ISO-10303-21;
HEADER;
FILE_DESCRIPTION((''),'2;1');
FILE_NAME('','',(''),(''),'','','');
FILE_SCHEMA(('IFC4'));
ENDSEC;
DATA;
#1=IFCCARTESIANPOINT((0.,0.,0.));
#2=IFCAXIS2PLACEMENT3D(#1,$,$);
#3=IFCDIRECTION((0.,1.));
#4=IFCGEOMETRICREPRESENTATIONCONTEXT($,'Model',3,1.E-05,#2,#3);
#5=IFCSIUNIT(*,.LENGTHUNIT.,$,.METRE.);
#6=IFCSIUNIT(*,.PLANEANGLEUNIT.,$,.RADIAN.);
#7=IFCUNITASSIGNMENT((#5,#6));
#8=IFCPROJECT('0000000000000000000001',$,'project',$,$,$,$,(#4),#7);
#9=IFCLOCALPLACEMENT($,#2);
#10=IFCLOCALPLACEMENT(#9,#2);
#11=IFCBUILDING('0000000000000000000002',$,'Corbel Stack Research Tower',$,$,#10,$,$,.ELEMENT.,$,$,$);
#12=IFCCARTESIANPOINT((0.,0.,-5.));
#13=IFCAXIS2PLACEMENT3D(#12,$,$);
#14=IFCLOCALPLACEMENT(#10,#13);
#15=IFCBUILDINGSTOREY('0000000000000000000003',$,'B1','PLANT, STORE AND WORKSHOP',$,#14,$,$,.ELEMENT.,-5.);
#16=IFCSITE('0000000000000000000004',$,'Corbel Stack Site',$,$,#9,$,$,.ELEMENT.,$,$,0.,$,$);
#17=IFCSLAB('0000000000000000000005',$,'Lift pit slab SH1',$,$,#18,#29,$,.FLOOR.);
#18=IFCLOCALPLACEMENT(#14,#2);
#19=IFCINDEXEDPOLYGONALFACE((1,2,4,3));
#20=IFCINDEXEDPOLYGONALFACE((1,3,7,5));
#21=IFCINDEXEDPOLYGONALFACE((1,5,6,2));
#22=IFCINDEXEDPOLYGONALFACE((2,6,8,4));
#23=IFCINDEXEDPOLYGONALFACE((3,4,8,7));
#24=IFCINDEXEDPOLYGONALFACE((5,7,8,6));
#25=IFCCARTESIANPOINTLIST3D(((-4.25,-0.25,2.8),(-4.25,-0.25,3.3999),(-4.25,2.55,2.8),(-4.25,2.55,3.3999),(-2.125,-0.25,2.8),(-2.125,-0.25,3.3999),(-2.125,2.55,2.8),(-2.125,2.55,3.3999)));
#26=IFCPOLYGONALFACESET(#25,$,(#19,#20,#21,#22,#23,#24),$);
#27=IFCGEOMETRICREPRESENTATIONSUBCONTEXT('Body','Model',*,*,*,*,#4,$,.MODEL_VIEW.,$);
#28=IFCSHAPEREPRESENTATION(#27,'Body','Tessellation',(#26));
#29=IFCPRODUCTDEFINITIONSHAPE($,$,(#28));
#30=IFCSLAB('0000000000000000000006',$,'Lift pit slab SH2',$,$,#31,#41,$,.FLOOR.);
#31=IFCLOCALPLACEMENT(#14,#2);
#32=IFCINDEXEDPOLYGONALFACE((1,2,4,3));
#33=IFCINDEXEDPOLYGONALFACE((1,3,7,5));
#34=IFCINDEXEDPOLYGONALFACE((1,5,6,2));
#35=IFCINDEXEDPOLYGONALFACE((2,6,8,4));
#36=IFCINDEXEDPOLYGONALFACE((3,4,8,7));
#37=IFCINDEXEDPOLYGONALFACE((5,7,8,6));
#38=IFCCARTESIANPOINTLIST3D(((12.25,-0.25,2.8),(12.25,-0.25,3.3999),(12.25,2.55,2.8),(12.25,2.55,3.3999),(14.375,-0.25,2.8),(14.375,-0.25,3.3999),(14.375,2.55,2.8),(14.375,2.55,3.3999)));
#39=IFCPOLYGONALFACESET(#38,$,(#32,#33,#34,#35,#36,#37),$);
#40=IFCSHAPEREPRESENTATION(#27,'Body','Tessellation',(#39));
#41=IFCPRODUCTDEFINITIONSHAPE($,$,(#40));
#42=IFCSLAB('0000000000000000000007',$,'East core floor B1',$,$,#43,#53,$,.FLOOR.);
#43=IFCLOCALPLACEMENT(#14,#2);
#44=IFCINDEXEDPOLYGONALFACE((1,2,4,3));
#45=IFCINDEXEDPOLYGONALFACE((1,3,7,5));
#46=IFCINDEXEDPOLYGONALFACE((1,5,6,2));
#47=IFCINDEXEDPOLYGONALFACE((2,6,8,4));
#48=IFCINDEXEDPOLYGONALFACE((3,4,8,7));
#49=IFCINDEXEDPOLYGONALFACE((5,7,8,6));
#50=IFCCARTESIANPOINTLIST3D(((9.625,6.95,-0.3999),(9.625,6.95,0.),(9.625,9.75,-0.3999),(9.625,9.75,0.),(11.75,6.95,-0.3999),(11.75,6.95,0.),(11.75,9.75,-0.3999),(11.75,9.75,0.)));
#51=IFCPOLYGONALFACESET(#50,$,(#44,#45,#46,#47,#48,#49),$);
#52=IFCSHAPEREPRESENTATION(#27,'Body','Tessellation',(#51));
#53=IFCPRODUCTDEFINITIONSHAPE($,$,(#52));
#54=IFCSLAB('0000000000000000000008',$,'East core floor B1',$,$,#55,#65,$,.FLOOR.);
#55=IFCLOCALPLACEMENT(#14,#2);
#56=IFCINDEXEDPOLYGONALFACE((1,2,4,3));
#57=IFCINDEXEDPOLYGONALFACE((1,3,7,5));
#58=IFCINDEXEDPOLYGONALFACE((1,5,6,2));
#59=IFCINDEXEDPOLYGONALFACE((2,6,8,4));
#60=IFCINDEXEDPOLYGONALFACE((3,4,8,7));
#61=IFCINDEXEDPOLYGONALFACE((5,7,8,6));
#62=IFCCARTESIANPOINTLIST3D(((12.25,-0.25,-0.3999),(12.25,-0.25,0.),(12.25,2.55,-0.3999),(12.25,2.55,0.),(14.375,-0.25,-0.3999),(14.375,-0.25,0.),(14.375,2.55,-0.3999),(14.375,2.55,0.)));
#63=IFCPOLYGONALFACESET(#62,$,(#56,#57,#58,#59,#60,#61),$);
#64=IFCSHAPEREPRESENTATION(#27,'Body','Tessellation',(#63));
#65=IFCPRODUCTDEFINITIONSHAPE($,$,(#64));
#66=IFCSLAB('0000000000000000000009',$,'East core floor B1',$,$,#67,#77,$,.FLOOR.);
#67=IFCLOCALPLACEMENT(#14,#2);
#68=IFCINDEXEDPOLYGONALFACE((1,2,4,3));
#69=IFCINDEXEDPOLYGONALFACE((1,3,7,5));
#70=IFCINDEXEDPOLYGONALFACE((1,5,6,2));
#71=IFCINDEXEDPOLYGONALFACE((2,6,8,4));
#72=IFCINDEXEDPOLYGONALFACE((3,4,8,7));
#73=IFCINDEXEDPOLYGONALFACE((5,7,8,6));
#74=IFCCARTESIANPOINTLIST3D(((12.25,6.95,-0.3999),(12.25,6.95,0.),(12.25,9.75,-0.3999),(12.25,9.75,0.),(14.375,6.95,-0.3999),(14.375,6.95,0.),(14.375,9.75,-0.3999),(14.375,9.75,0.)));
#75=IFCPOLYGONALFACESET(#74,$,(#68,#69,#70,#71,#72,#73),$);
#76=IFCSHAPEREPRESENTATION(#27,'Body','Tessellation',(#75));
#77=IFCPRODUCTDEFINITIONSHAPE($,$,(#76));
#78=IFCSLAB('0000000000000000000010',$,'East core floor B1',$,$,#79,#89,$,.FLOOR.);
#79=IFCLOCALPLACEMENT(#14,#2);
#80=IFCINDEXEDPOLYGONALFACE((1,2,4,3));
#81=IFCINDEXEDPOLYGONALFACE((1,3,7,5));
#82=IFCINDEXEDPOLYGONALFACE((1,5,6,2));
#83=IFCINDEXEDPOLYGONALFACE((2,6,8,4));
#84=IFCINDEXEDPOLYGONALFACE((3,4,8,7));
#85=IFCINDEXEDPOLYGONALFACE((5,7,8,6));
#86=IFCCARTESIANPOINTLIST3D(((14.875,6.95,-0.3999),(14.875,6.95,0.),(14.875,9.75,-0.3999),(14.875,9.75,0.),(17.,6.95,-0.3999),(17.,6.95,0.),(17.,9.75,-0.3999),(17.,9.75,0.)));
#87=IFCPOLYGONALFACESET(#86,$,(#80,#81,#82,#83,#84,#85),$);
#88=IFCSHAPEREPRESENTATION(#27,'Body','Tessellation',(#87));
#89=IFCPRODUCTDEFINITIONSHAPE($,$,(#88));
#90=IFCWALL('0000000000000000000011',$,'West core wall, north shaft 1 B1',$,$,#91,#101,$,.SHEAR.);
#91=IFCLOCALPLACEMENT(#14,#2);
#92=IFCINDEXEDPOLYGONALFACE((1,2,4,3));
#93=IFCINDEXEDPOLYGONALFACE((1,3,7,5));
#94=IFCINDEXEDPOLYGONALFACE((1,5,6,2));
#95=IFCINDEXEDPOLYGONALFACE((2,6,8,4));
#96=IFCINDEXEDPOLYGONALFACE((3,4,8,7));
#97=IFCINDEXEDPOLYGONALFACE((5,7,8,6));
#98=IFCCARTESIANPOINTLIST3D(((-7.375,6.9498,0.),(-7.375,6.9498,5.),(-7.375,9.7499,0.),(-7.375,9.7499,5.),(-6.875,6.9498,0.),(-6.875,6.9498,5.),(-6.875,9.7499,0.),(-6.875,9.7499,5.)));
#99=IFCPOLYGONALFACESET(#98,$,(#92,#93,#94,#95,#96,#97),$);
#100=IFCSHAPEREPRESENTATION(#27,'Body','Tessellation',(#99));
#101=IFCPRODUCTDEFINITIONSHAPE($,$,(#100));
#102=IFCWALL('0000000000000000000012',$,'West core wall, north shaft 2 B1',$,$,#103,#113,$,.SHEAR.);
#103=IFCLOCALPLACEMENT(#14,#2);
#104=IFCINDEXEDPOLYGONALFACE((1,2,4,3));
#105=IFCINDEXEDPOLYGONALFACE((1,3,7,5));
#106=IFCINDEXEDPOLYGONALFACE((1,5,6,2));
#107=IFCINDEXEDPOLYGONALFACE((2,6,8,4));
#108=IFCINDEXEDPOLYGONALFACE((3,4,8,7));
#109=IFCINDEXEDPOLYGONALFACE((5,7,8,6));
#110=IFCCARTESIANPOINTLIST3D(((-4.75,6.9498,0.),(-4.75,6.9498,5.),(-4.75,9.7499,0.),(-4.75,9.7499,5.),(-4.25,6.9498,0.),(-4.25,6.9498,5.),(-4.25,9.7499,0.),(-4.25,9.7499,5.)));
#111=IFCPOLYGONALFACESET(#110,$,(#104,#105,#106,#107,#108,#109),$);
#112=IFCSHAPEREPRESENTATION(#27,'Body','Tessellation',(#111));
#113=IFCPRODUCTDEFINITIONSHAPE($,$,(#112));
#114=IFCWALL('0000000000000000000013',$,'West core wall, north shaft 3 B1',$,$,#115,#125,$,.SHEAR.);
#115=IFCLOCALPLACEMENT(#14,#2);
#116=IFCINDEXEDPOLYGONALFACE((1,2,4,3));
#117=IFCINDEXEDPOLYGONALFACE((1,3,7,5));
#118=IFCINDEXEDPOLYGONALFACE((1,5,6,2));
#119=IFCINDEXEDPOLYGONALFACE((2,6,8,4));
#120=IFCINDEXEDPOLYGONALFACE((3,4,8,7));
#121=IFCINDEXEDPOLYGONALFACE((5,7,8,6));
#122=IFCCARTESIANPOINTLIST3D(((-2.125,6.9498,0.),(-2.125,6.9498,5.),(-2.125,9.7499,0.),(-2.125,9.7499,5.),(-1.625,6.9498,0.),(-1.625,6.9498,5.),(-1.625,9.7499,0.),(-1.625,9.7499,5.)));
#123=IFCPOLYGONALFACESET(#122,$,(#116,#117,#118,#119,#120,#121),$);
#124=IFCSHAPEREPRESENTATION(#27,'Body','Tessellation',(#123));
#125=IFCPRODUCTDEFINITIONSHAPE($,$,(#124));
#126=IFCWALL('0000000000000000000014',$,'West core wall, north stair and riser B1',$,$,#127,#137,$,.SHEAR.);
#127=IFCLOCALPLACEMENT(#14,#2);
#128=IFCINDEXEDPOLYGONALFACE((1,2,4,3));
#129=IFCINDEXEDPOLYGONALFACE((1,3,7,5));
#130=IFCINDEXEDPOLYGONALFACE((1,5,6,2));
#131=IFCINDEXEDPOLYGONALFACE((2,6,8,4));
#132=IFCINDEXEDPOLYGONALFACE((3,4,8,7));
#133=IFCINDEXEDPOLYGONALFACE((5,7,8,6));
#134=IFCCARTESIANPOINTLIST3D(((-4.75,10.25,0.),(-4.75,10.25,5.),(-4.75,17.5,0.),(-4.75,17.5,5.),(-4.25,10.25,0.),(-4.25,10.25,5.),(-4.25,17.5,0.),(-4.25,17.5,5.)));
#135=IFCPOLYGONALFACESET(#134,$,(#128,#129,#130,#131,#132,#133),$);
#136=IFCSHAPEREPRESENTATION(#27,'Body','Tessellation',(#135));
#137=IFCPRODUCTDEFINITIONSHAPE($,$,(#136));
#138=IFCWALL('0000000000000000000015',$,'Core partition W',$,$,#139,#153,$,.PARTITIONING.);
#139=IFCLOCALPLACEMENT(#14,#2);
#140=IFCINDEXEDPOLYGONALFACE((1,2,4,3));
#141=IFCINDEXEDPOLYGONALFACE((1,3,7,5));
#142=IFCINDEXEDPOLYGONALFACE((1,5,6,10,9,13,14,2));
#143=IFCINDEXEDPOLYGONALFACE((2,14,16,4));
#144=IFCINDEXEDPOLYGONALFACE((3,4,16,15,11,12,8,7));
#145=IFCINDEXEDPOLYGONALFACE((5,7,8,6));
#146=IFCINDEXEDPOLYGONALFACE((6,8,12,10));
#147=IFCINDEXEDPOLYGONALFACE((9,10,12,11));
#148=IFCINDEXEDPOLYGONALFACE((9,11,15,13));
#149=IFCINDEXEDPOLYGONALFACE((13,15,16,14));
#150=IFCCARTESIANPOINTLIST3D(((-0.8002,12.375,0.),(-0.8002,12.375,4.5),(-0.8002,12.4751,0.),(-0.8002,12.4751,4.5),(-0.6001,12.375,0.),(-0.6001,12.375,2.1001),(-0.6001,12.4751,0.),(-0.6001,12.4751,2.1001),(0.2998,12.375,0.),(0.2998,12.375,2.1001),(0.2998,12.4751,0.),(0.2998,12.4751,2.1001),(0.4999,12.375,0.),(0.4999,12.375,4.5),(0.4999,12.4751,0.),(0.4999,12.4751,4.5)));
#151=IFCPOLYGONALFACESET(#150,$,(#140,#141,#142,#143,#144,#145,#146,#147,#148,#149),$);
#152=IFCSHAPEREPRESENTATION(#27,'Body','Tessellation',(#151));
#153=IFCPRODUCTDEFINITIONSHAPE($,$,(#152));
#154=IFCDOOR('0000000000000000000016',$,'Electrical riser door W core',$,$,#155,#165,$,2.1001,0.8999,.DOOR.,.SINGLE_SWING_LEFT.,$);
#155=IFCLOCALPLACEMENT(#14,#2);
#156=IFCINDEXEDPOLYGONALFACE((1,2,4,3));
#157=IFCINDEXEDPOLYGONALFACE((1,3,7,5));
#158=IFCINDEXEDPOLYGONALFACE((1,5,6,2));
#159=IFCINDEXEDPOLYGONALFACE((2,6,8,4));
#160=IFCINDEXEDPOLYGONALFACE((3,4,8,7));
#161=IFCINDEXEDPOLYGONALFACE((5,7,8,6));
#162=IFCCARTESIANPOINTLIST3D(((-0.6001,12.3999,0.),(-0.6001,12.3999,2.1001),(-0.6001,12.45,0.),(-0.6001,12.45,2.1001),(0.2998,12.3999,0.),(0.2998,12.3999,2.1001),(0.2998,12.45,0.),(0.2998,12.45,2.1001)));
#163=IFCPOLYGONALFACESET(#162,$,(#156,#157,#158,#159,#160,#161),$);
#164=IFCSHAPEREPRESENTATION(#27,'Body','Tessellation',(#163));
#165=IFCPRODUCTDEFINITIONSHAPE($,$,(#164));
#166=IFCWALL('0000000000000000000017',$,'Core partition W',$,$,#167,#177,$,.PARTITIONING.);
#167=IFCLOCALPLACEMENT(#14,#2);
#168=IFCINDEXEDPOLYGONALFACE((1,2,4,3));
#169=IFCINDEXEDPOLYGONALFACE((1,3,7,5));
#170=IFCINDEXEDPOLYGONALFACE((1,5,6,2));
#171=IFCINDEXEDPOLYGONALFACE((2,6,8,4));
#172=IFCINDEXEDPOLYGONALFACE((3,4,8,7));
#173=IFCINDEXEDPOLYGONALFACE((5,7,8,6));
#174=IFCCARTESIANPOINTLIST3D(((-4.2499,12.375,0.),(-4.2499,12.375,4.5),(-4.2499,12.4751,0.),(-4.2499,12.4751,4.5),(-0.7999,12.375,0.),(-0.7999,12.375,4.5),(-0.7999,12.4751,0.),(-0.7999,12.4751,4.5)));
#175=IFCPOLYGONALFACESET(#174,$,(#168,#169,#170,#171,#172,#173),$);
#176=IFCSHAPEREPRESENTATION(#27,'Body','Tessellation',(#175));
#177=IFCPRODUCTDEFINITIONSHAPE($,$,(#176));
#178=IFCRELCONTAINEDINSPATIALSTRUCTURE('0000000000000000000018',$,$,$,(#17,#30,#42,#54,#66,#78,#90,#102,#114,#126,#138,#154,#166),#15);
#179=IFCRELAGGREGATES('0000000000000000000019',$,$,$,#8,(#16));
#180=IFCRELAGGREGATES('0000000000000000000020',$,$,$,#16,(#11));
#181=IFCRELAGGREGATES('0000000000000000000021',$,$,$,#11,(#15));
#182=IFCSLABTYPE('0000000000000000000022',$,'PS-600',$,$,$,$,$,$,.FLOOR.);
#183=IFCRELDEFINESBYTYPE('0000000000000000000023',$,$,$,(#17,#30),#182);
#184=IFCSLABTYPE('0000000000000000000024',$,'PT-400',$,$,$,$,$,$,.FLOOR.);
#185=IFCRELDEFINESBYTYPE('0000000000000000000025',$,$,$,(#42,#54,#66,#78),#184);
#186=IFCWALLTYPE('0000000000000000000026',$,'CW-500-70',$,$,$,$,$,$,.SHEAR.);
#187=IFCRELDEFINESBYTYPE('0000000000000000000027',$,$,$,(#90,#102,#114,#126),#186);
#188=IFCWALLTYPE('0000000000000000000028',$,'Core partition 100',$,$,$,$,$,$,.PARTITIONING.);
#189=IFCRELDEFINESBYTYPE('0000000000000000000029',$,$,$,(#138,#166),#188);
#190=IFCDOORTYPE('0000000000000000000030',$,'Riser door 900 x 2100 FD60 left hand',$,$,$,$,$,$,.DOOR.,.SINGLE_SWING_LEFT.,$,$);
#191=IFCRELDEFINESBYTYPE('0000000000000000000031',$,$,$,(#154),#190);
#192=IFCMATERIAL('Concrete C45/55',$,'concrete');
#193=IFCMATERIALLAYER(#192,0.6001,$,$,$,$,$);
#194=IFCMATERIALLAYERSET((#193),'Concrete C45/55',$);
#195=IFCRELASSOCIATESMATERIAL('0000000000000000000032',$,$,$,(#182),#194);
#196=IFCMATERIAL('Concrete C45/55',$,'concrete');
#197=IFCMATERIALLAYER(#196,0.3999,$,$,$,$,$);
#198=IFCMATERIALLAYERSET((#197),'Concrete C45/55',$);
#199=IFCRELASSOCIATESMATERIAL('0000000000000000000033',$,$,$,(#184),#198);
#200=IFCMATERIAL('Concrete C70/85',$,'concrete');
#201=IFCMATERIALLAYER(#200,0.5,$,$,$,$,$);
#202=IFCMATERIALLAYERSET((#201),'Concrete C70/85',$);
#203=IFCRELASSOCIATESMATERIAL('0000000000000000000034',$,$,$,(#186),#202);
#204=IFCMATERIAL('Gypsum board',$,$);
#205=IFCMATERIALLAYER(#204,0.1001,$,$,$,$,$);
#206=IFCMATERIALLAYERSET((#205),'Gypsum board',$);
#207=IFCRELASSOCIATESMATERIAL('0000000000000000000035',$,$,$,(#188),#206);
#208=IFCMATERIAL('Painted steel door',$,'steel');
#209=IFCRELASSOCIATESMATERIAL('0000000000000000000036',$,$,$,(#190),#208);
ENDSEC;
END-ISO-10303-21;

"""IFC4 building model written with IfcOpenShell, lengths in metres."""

from ifc_helpers import new_model, si_unit, direction, frame, frame_2d, origin, place, context, subcontext, project, spatial, polyline, rectangle, outline, extrude, material, layer, layer_set, type_object, element, fill, save


model = new_model("IFC4")

# Units and contexts
model_context = context("Model", 3, precision=1e-05, world=origin(), true_north=direction((0.0, 1.0)))
body_context = subcontext(model_context, "Body", "Model", "MODEL_VIEW")
ifc_project = project(units=[si_unit("LENGTHUNIT", "METRE"), si_unit("PLANEANGLEUNIT", "RADIAN")], contexts=[model_context])

# Site, building, storey
site_placement = place(None, origin())
site = spatial("IfcSite", under=ifc_project, at=site_placement, Name="Corbel Stack Site", CompositionType="ELEMENT", RefElevation=0.0)
building_placement = place(site_placement, origin())
building = spatial("IfcBuilding", under=site, at=building_placement, Name="Corbel Stack Research Tower", CompositionType="ELEMENT")
storey_placement = place(building_placement, frame((0.0, 0.0, -5.0)))
storey = spatial("IfcBuildingStorey", under=building, at=storey_placement, Name="B1", Description="PLANT, STORE AND WORKSHOP", CompositionType="ELEMENT", Elevation=-5.0)

# Slabs
ifc_material_1 = material(Name="Concrete C45/55", Category="concrete")
ifc_layer_1 = layer(ifc_material_1, 0.6001)
ifc_layer_set_1 = layer_set([ifc_layer_1], Name="Concrete C45/55")
slab_type_1 = type_object("IfcSlabType", Name="PS-600", PredefinedType="FLOOR", material=ifc_layer_set_1)
slab_1_placement = place(storey_placement, frame((0.0, 0.0, 2.8)))
element("IfcSlab", 1, at=slab_1_placement, inside=storey, type_object=slab_type_1, Name="Lift pit slab SH1", PredefinedType="FLOOR", context=body_context, shape_type="SweptSolid", body=[
    extrude(outline(polyline([(-4.25, 2.55), (-4.25, -0.25), (-2.125, -0.25), (-2.125, 2.55), (-4.25, 2.55)])), origin(), (0.0, 0.0, 1.0), 0.5999),
])
slab_2_placement = place(storey_placement, frame((0.0, 0.0, 2.8)))
element("IfcSlab", 2, at=slab_2_placement, inside=storey, type_object=slab_type_1, Name="Lift pit slab SH2", PredefinedType="FLOOR", context=body_context, shape_type="SweptSolid", body=[
    extrude(outline(polyline([(12.25, 2.55), (12.25, -0.25), (14.375, -0.25), (14.375, 2.55), (12.25, 2.55)])), origin(), (0.0, 0.0, 1.0), 0.5999),
])
ifc_material_2 = material(Name="Concrete C45/55", Category="concrete")
ifc_layer_2 = layer(ifc_material_2, 0.3999)
ifc_layer_set_2 = layer_set([ifc_layer_2], Name="Concrete C45/55")
slab_type_2 = type_object("IfcSlabType", Name="PT-400", PredefinedType="FLOOR", material=ifc_layer_set_2)
slab_3_placement = place(storey_placement, frame((0.0, 0.0, -0.3999)))
element("IfcSlab", 3, at=slab_3_placement, inside=storey, type_object=slab_type_2, Name="East core floor B1", PredefinedType="FLOOR", context=body_context, shape_type="SweptSolid", body=[
    extrude(outline(polyline([(9.625, 6.95), (11.75, 6.95), (11.75, 9.75), (9.625, 9.75), (9.625, 6.95)])), origin(), (0.0, 0.0, 1.0), 0.3999),
])
slab_4_placement = place(storey_placement, frame((0.0, 0.0, -0.3999)))
element("IfcSlab", 4, at=slab_4_placement, inside=storey, type_object=slab_type_2, Name="East core floor B1", PredefinedType="FLOOR", context=body_context, shape_type="SweptSolid", body=[
    extrude(outline(polyline([(12.25, 2.55), (12.25, -0.25), (14.375, -0.25), (14.375, 2.55), (12.25, 2.55)])), origin(), (0.0, 0.0, 1.0), 0.3999),
])
slab_5_placement = place(storey_placement, frame((0.0, 0.0, -0.3999)))
element("IfcSlab", 5, at=slab_5_placement, inside=storey, type_object=slab_type_2, Name="East core floor B1", PredefinedType="FLOOR", context=body_context, shape_type="SweptSolid", body=[
    extrude(outline(polyline([(14.375, 6.95), (14.375, 9.75), (12.25, 9.75), (12.25, 6.95), (14.375, 6.95)])), origin(), (0.0, 0.0, 1.0), 0.3999),
])
slab_6_placement = place(storey_placement, frame((0.0, 0.0, -0.3999)))
element("IfcSlab", 6, at=slab_6_placement, inside=storey, type_object=slab_type_2, Name="East core floor B1", PredefinedType="FLOOR", context=body_context, shape_type="SweptSolid", body=[
    extrude(outline(polyline([(17.0, 6.95), (17.0, 9.75), (14.875, 9.75), (14.875, 6.95), (17.0, 6.95)])), origin(), (0.0, 0.0, 1.0), 0.3999),
])

# Walls
ifc_material_3 = material(Name="Concrete C70/85", Category="concrete")
ifc_layer_3 = layer(ifc_material_3, 0.5)
ifc_layer_set_3 = layer_set([ifc_layer_3], Name="Concrete C70/85")
wall_type_1 = type_object("IfcWallType", Name="CW-500-70", PredefinedType="SHEAR", material=ifc_layer_set_3)
for number, where, z_axis, x_axis, name in (
    (7, (-7.125, 6.95, 0.0), (0.0, 0.0, 1.0), (0.0, 1.0, 0.0), "West core wall, north shaft 1 B1"),
    (8, (-4.5, 6.95, 0.0), (0.0, 0.0, 1.0), (0.0, 1.0, 0.0), "West core wall, north shaft 2 B1"),
    (9, (-1.875, 6.95, 0.0), (0.0, 0.0, 1.0), (0.0, 1.0, 0.0), "West core wall, north shaft 3 B1"),
):
    element("IfcWall", number, at=place(storey_placement, frame(where, z_axis=z_axis, x_axis=x_axis)), inside=storey, type_object=wall_type_1, Name=name, PredefinedType="SHEAR", context=body_context, shape_type="SweptSolid", body=[
        extrude(rectangle(XDim=2.8, YDim=0.5, at=frame_2d((1.3999, 0.0))), origin(), (0.0, 0.0, 1.0), 5.0),
    ])
wall_1_placement = place(storey_placement, frame((-4.5, 10.25, 0.0), z_axis=(0.0, 0.0, 1.0), x_axis=(0.0, 1.0, 0.0)))
element("IfcWall", 10, at=wall_1_placement, inside=storey, type_object=wall_type_1, Name="West core wall, north stair and riser B1", PredefinedType="SHEAR", context=body_context, shape_type="SweptSolid", body=[
    extrude(rectangle(XDim=7.25, YDim=0.5, at=frame_2d((3.625, 0.0))), origin(), (0.0, 0.0, 1.0), 5.0),
])

# Wall, opening, door
ifc_material_4 = material(Name="Gypsum board")
ifc_layer_4 = layer(ifc_material_4, 0.1001)
ifc_layer_set_4 = layer_set([ifc_layer_4], Name="Gypsum board")
wall_type_2 = type_object("IfcWallType", Name="Core partition 100", PredefinedType="PARTITIONING", material=ifc_layer_set_4)
wall_2_placement = place(storey_placement, frame((-0.8, 12.425, 0.0), z_axis=(0.0, 0.0, 1.0), x_axis=(1.0, 0.0, 0.0)))
wall_2 = element("IfcWall", 11, at=wall_2_placement, inside=storey, type_object=wall_type_2, Name="Core partition W", PredefinedType="PARTITIONING", context=body_context, shape_type="SweptSolid", body=[
    extrude(rectangle(XDim=1.3, YDim=0.1001, at=frame_2d((0.6499, 0.0))), origin(), (0.0, 0.0, 1.0), 4.5),
])
opening_1_placement = place(wall_2_placement, frame((0.2, 0.0, 0.0)))
opening_1 = element("IfcOpeningElement", 12, at=opening_1_placement, cuts=wall_2, PredefinedType="OPENING", context=body_context, shape_type="SweptSolid", body=[
    extrude(rectangle(XDim=0.8999, YDim=2.1001, at=frame_2d((0.45, 1.05))), frame((0.0, 0.0601, 0.0), z_axis=(0.0, -1.0, 0.0), x_axis=(1.0, 0.0, 0.0)), (0.0, 0.0, 1.0), 0.1201),
])
ifc_material_5 = material(Name="Painted steel door", Category="steel")
door_type_1 = type_object("IfcDoorType", Name="Riser door 900 x 2100 FD60 left hand", OperationType="SINGLE_SWING_LEFT", PredefinedType="DOOR", material=ifc_material_5)
door_1_placement = place(opening_1_placement, origin())
door_1 = element("IfcDoor", 13, at=door_1_placement, inside=storey, type_object=door_type_1, Name="Electrical riser door W core", OperationType="SINGLE_SWING_LEFT", OverallHeight=2.1001, OverallWidth=0.8999, PredefinedType="DOOR", context=body_context, shape_type="SweptSolid", body=[
    extrude(rectangle(XDim=0.8999, YDim=2.1001, at=frame_2d((0.45, 1.05))), frame((0.0, 0.0249, 0.0), z_axis=(0.0, -1.0, 0.0), x_axis=(1.0, 0.0, 0.0)), (0.0, 0.0, 1.0), 0.05),
])
fill(opening_1, door_1)

# Wall
wall_3_placement = place(storey_placement, frame((-4.25, 12.425, 0.0), z_axis=(0.0, 0.0, 1.0), x_axis=(1.0, 0.0, 0.0)))
element("IfcWall", 14, at=wall_3_placement, inside=storey, type_object=wall_type_2, Name="Core partition W", PredefinedType="PARTITIONING", context=body_context, shape_type="SweptSolid", body=[
    extrude(rectangle(XDim=3.45, YDim=0.1001, at=frame_2d((1.7251, 0.0))), origin(), (0.0, 0.0, 1.0), 4.5),
])

save(model, "model.ifc")
